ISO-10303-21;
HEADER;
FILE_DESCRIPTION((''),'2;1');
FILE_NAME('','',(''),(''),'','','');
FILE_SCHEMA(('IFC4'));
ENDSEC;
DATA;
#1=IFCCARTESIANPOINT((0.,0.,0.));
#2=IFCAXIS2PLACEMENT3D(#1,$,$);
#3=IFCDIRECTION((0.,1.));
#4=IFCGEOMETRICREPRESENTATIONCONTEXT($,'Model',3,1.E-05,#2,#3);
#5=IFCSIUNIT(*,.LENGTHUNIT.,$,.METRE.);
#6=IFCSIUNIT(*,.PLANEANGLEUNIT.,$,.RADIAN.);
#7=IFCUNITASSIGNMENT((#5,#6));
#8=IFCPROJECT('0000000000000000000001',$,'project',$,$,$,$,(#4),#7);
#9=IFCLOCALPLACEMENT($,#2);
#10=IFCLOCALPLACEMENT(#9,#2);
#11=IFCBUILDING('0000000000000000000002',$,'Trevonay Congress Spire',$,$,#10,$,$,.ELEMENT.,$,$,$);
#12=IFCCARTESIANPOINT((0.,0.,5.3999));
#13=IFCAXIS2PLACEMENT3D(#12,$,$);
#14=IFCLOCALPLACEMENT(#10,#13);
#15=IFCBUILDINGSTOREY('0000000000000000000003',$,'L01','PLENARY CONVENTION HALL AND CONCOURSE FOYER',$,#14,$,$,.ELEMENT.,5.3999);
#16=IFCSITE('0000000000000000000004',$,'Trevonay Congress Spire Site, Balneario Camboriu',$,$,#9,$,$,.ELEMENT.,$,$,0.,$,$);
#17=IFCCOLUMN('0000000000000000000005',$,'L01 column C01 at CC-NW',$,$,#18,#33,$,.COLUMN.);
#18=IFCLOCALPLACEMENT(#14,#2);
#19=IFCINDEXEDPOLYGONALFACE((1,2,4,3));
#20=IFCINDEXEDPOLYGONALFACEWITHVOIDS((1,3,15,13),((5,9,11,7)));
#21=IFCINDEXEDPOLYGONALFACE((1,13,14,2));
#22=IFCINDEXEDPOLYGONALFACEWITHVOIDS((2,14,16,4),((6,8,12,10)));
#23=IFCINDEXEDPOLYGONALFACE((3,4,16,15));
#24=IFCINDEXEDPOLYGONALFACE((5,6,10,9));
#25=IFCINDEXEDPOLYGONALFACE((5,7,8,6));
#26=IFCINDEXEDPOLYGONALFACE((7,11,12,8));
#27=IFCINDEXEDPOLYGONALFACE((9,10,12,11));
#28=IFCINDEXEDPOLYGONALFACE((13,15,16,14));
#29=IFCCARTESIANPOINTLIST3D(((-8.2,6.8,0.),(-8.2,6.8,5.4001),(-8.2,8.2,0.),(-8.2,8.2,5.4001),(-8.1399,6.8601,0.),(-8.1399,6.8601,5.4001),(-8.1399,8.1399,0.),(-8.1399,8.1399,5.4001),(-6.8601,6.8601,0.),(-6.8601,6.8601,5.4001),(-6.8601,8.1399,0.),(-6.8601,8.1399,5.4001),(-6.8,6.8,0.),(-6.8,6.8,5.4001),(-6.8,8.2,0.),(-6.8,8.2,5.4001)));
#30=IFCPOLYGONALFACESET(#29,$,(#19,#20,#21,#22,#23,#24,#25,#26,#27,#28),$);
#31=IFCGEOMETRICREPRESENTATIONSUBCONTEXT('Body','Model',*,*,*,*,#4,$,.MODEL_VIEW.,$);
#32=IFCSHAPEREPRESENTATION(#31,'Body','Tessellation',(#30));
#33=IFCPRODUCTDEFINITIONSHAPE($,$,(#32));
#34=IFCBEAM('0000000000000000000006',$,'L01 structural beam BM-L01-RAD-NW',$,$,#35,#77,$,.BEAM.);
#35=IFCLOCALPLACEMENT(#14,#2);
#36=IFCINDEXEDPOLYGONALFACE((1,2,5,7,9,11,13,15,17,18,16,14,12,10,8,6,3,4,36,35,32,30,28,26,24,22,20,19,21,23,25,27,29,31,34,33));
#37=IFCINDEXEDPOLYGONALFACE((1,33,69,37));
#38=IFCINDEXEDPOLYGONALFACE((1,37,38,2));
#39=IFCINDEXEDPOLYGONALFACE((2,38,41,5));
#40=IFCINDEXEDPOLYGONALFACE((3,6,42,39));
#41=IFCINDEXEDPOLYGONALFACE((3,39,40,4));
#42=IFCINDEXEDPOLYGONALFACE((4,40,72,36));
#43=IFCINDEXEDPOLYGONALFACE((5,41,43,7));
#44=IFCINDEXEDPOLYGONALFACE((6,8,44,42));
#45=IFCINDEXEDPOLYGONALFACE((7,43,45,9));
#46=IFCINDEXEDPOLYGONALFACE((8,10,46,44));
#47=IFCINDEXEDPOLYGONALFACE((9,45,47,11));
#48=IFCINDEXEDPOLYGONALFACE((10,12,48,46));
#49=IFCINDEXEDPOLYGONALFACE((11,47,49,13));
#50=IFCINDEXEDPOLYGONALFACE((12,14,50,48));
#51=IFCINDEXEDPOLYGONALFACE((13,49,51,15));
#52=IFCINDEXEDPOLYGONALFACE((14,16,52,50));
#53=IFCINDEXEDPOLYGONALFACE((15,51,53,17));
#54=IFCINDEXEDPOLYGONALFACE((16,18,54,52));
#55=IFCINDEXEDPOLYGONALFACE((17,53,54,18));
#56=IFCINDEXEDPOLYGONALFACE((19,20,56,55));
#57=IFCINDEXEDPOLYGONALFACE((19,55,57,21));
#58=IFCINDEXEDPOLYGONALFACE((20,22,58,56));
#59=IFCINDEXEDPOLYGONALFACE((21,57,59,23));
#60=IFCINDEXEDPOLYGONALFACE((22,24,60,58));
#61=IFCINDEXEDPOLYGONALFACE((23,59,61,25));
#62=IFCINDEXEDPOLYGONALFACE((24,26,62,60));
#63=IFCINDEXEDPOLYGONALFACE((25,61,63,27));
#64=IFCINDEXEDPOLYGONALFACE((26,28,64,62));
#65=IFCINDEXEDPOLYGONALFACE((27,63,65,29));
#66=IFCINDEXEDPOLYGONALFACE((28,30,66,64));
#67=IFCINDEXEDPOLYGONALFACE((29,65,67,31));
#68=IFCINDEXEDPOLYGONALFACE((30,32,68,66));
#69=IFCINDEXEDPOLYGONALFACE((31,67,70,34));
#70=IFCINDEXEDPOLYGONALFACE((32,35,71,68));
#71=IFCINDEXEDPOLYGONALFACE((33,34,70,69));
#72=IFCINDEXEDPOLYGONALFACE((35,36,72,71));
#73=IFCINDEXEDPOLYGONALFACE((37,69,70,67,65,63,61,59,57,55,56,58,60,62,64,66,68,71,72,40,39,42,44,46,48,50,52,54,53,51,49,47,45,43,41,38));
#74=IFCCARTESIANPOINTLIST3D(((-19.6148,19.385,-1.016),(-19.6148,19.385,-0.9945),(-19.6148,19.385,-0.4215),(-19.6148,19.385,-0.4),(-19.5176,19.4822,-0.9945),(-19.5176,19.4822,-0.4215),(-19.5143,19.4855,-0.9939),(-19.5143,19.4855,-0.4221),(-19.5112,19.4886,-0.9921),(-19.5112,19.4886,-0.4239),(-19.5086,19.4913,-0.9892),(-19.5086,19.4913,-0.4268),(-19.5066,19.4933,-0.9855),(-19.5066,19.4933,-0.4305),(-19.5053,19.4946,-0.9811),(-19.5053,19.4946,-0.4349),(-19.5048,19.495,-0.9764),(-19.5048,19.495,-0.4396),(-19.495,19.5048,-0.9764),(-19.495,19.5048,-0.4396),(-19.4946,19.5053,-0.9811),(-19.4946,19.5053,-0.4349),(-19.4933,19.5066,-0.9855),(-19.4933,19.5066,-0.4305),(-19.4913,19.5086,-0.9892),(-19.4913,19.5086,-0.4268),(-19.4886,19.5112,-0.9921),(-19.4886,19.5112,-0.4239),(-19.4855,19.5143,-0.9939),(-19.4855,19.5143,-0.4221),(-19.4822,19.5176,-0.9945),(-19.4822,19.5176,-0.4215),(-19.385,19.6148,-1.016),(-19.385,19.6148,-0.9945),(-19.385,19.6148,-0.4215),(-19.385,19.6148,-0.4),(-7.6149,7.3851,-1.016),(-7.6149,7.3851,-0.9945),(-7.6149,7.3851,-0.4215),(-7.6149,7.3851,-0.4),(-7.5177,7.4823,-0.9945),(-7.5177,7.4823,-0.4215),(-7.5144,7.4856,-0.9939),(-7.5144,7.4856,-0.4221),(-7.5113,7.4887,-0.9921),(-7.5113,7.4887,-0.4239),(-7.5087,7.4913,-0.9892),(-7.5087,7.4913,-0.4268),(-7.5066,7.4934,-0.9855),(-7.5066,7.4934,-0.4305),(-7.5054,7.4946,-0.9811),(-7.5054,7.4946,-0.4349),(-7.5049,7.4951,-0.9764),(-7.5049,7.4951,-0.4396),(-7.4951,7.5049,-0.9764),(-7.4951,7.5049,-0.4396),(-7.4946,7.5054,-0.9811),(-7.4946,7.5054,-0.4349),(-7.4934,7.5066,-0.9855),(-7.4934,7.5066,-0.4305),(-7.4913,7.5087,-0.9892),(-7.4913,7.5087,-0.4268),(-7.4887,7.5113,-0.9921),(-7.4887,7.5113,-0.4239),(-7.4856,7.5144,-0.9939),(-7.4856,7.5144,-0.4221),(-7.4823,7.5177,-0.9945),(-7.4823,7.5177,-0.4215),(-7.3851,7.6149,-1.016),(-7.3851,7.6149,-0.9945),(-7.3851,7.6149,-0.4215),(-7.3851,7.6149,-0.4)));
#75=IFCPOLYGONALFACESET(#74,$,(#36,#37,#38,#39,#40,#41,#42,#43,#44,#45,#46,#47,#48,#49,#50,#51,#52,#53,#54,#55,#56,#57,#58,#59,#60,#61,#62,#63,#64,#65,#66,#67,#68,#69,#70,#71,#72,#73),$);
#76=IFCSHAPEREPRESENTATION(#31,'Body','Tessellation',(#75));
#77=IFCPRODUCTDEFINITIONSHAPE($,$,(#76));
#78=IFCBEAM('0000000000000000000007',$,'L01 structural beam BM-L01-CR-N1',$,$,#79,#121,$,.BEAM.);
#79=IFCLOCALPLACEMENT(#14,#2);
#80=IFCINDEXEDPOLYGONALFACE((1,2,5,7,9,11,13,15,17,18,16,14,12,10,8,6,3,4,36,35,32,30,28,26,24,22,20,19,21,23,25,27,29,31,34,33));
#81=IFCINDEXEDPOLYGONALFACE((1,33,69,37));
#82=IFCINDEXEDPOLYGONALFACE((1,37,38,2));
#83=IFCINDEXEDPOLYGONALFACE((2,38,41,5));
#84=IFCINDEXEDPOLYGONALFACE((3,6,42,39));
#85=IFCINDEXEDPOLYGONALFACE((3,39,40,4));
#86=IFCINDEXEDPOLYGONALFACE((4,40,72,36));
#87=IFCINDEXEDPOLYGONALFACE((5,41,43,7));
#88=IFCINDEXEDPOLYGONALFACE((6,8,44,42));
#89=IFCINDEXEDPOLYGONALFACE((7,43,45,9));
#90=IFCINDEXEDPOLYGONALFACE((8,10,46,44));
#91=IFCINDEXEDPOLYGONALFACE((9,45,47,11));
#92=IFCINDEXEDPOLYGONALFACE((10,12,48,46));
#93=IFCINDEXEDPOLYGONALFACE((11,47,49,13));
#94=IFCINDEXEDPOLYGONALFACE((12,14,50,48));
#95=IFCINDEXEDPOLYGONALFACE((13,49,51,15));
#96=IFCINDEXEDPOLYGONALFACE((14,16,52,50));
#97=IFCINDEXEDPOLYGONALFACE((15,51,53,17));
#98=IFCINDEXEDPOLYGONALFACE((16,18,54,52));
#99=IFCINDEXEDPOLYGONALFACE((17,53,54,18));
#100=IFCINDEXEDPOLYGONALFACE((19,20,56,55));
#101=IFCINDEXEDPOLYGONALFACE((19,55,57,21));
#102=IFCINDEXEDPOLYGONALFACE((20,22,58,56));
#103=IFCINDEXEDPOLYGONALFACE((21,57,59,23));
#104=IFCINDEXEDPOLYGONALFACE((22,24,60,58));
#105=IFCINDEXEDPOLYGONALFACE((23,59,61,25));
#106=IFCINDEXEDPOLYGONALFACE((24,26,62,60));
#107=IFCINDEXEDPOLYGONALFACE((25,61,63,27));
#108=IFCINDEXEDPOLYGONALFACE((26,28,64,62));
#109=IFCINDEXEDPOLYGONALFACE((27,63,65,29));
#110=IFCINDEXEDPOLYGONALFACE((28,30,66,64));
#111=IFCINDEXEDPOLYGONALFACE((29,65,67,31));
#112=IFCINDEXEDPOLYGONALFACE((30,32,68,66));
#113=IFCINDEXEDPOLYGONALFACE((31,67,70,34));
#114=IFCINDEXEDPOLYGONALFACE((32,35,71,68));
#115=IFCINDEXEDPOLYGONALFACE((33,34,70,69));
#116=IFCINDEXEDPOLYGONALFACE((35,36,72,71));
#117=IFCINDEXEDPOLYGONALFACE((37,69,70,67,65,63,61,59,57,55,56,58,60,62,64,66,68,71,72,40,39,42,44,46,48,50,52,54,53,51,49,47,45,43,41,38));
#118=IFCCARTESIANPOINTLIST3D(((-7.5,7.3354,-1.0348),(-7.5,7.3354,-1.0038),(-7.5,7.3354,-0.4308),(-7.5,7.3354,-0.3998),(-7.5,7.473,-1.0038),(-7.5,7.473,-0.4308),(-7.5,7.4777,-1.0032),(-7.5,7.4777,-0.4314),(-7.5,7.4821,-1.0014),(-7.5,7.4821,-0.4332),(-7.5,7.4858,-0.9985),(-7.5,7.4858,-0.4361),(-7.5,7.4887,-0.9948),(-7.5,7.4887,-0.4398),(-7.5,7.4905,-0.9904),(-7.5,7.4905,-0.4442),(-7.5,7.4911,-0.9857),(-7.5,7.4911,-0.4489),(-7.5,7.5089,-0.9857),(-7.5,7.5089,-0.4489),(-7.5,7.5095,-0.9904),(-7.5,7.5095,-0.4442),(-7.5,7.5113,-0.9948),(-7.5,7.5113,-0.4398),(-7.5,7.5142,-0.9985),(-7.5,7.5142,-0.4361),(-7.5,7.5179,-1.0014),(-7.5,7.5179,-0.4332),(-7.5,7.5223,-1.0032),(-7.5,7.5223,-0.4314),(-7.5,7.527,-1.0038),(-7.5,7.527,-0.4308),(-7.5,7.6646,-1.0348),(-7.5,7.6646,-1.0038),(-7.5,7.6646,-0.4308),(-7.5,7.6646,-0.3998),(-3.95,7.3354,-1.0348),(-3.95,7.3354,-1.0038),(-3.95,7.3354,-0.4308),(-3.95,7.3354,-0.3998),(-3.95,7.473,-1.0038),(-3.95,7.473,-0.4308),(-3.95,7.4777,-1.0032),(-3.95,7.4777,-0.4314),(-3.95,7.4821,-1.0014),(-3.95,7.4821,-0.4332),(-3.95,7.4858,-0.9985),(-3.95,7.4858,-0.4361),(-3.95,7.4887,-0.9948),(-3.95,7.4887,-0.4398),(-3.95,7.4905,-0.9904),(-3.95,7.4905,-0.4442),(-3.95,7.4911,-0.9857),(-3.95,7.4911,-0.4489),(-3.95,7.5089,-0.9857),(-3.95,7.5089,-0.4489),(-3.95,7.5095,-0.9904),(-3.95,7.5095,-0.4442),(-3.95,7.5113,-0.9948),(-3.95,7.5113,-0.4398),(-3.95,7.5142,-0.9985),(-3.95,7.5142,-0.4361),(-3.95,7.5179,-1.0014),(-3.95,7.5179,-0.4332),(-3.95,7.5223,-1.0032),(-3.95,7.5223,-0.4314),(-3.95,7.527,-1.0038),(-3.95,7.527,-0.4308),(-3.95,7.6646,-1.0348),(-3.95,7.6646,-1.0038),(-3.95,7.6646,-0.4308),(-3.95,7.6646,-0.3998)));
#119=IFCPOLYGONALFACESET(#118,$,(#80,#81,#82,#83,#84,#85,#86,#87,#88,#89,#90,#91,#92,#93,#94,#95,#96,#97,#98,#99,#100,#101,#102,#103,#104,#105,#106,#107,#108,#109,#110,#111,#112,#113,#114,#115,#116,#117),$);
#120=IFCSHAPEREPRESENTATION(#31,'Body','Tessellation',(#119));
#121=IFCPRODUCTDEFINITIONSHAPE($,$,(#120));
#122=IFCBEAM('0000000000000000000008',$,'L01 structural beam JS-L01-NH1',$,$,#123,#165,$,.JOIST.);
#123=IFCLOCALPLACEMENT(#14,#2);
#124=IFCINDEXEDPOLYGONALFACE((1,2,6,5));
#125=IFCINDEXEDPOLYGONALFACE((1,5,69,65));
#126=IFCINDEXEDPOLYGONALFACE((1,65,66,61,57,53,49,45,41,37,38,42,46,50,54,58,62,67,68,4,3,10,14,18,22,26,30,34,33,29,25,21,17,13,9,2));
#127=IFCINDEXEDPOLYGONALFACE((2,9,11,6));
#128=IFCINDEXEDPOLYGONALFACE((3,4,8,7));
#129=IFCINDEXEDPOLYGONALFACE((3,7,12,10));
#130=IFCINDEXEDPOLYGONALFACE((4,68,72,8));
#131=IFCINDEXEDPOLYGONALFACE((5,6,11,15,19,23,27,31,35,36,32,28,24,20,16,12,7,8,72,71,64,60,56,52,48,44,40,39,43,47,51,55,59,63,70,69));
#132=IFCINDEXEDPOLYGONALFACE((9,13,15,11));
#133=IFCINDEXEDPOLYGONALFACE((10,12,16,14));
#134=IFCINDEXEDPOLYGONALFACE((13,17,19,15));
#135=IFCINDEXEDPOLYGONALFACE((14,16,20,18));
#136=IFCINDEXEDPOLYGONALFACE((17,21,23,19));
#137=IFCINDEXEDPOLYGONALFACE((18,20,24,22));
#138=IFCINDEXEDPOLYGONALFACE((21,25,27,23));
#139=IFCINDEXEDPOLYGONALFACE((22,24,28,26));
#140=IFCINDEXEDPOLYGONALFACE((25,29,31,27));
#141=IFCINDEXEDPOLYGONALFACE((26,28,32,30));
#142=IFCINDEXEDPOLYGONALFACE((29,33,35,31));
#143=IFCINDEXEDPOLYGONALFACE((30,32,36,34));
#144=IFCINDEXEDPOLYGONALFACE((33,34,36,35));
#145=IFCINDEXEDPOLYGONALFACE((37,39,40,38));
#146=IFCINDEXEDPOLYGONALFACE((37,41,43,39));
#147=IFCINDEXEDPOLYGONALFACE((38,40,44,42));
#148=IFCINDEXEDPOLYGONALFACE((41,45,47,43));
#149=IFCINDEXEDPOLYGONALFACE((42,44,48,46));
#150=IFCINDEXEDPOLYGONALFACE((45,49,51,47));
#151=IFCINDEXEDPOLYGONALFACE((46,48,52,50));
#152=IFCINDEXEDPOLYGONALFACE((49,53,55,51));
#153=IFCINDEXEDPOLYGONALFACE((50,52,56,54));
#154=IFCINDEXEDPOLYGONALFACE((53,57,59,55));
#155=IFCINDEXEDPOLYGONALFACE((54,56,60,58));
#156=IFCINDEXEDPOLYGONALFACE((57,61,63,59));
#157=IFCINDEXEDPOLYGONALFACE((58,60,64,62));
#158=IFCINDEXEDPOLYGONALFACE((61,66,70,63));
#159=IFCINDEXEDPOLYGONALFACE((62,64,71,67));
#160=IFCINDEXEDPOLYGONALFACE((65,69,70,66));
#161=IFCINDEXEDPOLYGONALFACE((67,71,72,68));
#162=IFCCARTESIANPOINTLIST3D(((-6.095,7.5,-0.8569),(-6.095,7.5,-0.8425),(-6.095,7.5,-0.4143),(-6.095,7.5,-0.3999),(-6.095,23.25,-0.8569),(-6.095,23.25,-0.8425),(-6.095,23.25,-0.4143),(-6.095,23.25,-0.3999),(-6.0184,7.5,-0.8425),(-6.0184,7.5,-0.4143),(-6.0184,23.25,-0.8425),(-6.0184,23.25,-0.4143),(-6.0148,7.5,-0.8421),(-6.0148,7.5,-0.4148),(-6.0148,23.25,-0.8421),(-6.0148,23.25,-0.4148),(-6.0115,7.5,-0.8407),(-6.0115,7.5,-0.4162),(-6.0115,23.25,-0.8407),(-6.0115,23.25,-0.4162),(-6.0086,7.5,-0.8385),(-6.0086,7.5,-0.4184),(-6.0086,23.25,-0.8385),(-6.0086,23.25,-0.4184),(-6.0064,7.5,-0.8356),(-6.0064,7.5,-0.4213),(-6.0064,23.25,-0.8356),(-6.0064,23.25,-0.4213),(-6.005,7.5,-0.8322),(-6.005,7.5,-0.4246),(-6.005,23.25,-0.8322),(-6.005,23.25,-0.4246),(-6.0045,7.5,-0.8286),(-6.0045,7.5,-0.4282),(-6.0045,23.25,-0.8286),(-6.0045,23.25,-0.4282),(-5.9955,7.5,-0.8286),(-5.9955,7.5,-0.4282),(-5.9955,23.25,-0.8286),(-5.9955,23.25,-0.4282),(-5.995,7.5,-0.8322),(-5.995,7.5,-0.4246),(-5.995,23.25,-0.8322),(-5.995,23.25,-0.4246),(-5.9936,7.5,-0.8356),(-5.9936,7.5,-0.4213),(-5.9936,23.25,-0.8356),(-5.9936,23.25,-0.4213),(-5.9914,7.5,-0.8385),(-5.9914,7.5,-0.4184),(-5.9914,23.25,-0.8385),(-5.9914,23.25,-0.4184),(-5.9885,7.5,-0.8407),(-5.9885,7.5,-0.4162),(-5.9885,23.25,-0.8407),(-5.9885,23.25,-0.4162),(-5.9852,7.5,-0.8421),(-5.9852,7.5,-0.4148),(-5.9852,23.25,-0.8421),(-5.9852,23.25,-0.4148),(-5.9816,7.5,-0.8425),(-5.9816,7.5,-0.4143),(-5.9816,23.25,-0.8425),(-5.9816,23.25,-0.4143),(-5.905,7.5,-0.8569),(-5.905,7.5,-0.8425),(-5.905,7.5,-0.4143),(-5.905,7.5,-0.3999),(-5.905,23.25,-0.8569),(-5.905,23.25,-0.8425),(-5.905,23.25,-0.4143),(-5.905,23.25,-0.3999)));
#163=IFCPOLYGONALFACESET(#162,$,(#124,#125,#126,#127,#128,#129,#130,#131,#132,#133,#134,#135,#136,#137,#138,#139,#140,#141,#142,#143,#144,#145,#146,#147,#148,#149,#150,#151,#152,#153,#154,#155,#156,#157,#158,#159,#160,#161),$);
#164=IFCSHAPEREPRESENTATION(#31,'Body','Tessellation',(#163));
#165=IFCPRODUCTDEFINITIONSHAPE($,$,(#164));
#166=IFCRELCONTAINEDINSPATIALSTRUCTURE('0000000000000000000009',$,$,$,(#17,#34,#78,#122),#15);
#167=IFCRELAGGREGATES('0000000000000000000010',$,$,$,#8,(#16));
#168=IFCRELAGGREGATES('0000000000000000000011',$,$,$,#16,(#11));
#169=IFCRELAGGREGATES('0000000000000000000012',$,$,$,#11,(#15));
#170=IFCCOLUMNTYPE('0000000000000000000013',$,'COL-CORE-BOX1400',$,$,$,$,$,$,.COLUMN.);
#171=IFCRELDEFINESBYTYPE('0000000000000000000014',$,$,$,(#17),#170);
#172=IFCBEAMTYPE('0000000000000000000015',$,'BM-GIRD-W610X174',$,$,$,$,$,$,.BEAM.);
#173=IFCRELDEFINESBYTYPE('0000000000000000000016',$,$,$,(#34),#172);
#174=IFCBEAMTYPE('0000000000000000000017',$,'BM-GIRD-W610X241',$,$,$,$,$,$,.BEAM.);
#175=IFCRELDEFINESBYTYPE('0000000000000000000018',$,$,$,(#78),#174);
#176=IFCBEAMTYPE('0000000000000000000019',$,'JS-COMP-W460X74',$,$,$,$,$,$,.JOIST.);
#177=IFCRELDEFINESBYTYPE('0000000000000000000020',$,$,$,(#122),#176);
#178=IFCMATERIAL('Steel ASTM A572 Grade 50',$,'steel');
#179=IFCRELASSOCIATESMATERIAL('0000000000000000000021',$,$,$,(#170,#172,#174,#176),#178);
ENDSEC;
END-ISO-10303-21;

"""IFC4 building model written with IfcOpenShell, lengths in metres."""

from ifc_helpers import new_model, si_unit, direction, frame, origin, origin_2d, place, context, subcontext, project, spatial, hollow_rectangle, i_section, extrude, material, material_profile, profile_set, type_object, element, save


model = new_model("IFC4")

# Units and contexts
model_context = context("Model", 3, precision=1e-05, world=origin(), true_north=direction((0.0, 1.0)))
body_context = subcontext(model_context, "Body", "Model", "MODEL_VIEW")
ifc_project = project(units=[si_unit("LENGTHUNIT", "METRE"), si_unit("PLANEANGLEUNIT", "RADIAN")], contexts=[model_context])

# Site, building, storey
site_placement = place(None, origin())
site = spatial("IfcSite", under=ifc_project, at=site_placement, Name="Trevonay Congress Spire Site, Balneario Camboriu", CompositionType="ELEMENT", RefElevation=0.0)
building_placement = place(site_placement, origin())
building = spatial("IfcBuilding", under=site, at=building_placement, Name="Trevonay Congress Spire", CompositionType="ELEMENT")
storey_placement = place(building_placement, frame((0.0, 0.0, 5.3999)))
storey = spatial("IfcBuildingStorey", under=building, at=storey_placement, Name="L01", Description="PLENARY CONVENTION HALL AND CONCOURSE FOYER", CompositionType="ELEMENT", Elevation=5.3999)

# Column
ifc_material_1 = material(Name="Steel ASTM A572 Grade 50", Category="steel")
ifc_material_profile_1 = material_profile(ifc_material_1, hollow_rectangle(XDim=1.3999, YDim=1.3999, WallThickness=0.0601, at=origin_2d()), Name="BOX 1400x1400x60")
ifc_profile_set_1 = profile_set([ifc_material_profile_1], Name="Steel ASTM A572 Grade 50")
column_type = type_object("IfcColumnType", Name="COL-CORE-BOX1400", PredefinedType="COLUMN", material=ifc_profile_set_1)
column_placement = place(storey_placement, frame((-7.5, 7.5, 0.0), z_axis=(0.0, 0.0, 1.0), x_axis=(1.0, 0.0, 0.0)))
element("IfcColumn", 1, at=column_placement, inside=storey, type_object=column_type, Name="L01 column C01 at CC-NW", PredefinedType="COLUMN", context=body_context, shape_type="SweptSolid", body=[
    extrude(hollow_rectangle(XDim=1.3999, YDim=1.3999, WallThickness=0.0601, at=origin_2d()), origin(), (0.0, 0.0, 1.0), 5.4001),
])

# Beams
ifc_material_profile_2 = material_profile(ifc_material_1, i_section(OverallWidth=0.325, OverallDepth=0.616, WebThickness=0.0139, FlangeThickness=0.0215, FilletRadius=0.0181, at=origin_2d()), Name="W610x174")
ifc_profile_set_2 = profile_set([ifc_material_profile_2], Name="Steel ASTM A572 Grade 50")
beam_type_1 = type_object("IfcBeamType", Name="BM-GIRD-W610X174", PredefinedType="BEAM", material=ifc_profile_set_2)
beam_1_placement = place(storey_placement, frame((-7.5, 7.5, -0.708), z_axis=(-0.707107, 0.707107, 0.0), x_axis=(-0.707107, -0.707107, 0.0)))
element("IfcBeam", 2, at=beam_1_placement, inside=storey, type_object=beam_type_1, Name="L01 structural beam BM-L01-RAD-NW", PredefinedType="BEAM", context=body_context, shape_type="SweptSolid", body=[
    extrude(i_section(OverallWidth=0.325, OverallDepth=0.616, WebThickness=0.0139, FlangeThickness=0.0215, FilletRadius=0.0181, at=origin_2d()), origin(), (0.0, 0.0, 1.0), 16.9705),
])
ifc_material_profile_3 = material_profile(ifc_material_1, i_section(OverallWidth=0.3291, OverallDepth=0.635, WebThickness=0.0178, FlangeThickness=0.031, FilletRadius=0.0181, at=origin_2d()), Name="W610x241")
ifc_profile_set_3 = profile_set([ifc_material_profile_3], Name="Steel ASTM A572 Grade 50")
beam_type_2 = type_object("IfcBeamType", Name="BM-GIRD-W610X241", PredefinedType="BEAM", material=ifc_profile_set_3)
beam_2_placement = place(storey_placement, frame((-7.5, 7.5, -0.7173), z_axis=(1.0, 0.0, 0.0), x_axis=(0.0, 1.0, 0.0)))
element("IfcBeam", 3, at=beam_2_placement, inside=storey, type_object=beam_type_2, Name="L01 structural beam BM-L01-CR-N1", PredefinedType="BEAM", context=body_context, shape_type="SweptSolid", body=[
    extrude(i_section(OverallWidth=0.3291, OverallDepth=0.635, WebThickness=0.0178, FlangeThickness=0.031, FilletRadius=0.0181, at=origin_2d()), origin(), (0.0, 0.0, 1.0), 3.55),
])
ifc_material_profile_4 = material_profile(ifc_material_1, i_section(OverallWidth=0.1899, OverallDepth=0.457, WebThickness=0.009, FlangeThickness=0.0144, FilletRadius=0.0139, at=origin_2d()), Name="W460x74")
ifc_profile_set_4 = profile_set([ifc_material_profile_4], Name="Steel ASTM A572 Grade 50")
beam_type_3 = type_object("IfcBeamType", Name="JS-COMP-W460X74", PredefinedType="JOIST", material=ifc_profile_set_4)
beam_3_placement = place(storey_placement, frame((-6.0, 7.5, -0.6284), z_axis=(0.0, 1.0, 0.0), x_axis=(-1.0, 0.0, 0.0)))
element("IfcBeam", 4, at=beam_3_placement, inside=storey, type_object=beam_type_3, Name="L01 structural beam JS-L01-NH1", PredefinedType="JOIST", context=body_context, shape_type="SweptSolid", body=[
    extrude(i_section(OverallWidth=0.1899, OverallDepth=0.457, WebThickness=0.009, FlangeThickness=0.0144, FilletRadius=0.0139, at=origin_2d()), origin(), (0.0, 0.0, 1.0), 15.75),
])

save(model, "model.ifc")
